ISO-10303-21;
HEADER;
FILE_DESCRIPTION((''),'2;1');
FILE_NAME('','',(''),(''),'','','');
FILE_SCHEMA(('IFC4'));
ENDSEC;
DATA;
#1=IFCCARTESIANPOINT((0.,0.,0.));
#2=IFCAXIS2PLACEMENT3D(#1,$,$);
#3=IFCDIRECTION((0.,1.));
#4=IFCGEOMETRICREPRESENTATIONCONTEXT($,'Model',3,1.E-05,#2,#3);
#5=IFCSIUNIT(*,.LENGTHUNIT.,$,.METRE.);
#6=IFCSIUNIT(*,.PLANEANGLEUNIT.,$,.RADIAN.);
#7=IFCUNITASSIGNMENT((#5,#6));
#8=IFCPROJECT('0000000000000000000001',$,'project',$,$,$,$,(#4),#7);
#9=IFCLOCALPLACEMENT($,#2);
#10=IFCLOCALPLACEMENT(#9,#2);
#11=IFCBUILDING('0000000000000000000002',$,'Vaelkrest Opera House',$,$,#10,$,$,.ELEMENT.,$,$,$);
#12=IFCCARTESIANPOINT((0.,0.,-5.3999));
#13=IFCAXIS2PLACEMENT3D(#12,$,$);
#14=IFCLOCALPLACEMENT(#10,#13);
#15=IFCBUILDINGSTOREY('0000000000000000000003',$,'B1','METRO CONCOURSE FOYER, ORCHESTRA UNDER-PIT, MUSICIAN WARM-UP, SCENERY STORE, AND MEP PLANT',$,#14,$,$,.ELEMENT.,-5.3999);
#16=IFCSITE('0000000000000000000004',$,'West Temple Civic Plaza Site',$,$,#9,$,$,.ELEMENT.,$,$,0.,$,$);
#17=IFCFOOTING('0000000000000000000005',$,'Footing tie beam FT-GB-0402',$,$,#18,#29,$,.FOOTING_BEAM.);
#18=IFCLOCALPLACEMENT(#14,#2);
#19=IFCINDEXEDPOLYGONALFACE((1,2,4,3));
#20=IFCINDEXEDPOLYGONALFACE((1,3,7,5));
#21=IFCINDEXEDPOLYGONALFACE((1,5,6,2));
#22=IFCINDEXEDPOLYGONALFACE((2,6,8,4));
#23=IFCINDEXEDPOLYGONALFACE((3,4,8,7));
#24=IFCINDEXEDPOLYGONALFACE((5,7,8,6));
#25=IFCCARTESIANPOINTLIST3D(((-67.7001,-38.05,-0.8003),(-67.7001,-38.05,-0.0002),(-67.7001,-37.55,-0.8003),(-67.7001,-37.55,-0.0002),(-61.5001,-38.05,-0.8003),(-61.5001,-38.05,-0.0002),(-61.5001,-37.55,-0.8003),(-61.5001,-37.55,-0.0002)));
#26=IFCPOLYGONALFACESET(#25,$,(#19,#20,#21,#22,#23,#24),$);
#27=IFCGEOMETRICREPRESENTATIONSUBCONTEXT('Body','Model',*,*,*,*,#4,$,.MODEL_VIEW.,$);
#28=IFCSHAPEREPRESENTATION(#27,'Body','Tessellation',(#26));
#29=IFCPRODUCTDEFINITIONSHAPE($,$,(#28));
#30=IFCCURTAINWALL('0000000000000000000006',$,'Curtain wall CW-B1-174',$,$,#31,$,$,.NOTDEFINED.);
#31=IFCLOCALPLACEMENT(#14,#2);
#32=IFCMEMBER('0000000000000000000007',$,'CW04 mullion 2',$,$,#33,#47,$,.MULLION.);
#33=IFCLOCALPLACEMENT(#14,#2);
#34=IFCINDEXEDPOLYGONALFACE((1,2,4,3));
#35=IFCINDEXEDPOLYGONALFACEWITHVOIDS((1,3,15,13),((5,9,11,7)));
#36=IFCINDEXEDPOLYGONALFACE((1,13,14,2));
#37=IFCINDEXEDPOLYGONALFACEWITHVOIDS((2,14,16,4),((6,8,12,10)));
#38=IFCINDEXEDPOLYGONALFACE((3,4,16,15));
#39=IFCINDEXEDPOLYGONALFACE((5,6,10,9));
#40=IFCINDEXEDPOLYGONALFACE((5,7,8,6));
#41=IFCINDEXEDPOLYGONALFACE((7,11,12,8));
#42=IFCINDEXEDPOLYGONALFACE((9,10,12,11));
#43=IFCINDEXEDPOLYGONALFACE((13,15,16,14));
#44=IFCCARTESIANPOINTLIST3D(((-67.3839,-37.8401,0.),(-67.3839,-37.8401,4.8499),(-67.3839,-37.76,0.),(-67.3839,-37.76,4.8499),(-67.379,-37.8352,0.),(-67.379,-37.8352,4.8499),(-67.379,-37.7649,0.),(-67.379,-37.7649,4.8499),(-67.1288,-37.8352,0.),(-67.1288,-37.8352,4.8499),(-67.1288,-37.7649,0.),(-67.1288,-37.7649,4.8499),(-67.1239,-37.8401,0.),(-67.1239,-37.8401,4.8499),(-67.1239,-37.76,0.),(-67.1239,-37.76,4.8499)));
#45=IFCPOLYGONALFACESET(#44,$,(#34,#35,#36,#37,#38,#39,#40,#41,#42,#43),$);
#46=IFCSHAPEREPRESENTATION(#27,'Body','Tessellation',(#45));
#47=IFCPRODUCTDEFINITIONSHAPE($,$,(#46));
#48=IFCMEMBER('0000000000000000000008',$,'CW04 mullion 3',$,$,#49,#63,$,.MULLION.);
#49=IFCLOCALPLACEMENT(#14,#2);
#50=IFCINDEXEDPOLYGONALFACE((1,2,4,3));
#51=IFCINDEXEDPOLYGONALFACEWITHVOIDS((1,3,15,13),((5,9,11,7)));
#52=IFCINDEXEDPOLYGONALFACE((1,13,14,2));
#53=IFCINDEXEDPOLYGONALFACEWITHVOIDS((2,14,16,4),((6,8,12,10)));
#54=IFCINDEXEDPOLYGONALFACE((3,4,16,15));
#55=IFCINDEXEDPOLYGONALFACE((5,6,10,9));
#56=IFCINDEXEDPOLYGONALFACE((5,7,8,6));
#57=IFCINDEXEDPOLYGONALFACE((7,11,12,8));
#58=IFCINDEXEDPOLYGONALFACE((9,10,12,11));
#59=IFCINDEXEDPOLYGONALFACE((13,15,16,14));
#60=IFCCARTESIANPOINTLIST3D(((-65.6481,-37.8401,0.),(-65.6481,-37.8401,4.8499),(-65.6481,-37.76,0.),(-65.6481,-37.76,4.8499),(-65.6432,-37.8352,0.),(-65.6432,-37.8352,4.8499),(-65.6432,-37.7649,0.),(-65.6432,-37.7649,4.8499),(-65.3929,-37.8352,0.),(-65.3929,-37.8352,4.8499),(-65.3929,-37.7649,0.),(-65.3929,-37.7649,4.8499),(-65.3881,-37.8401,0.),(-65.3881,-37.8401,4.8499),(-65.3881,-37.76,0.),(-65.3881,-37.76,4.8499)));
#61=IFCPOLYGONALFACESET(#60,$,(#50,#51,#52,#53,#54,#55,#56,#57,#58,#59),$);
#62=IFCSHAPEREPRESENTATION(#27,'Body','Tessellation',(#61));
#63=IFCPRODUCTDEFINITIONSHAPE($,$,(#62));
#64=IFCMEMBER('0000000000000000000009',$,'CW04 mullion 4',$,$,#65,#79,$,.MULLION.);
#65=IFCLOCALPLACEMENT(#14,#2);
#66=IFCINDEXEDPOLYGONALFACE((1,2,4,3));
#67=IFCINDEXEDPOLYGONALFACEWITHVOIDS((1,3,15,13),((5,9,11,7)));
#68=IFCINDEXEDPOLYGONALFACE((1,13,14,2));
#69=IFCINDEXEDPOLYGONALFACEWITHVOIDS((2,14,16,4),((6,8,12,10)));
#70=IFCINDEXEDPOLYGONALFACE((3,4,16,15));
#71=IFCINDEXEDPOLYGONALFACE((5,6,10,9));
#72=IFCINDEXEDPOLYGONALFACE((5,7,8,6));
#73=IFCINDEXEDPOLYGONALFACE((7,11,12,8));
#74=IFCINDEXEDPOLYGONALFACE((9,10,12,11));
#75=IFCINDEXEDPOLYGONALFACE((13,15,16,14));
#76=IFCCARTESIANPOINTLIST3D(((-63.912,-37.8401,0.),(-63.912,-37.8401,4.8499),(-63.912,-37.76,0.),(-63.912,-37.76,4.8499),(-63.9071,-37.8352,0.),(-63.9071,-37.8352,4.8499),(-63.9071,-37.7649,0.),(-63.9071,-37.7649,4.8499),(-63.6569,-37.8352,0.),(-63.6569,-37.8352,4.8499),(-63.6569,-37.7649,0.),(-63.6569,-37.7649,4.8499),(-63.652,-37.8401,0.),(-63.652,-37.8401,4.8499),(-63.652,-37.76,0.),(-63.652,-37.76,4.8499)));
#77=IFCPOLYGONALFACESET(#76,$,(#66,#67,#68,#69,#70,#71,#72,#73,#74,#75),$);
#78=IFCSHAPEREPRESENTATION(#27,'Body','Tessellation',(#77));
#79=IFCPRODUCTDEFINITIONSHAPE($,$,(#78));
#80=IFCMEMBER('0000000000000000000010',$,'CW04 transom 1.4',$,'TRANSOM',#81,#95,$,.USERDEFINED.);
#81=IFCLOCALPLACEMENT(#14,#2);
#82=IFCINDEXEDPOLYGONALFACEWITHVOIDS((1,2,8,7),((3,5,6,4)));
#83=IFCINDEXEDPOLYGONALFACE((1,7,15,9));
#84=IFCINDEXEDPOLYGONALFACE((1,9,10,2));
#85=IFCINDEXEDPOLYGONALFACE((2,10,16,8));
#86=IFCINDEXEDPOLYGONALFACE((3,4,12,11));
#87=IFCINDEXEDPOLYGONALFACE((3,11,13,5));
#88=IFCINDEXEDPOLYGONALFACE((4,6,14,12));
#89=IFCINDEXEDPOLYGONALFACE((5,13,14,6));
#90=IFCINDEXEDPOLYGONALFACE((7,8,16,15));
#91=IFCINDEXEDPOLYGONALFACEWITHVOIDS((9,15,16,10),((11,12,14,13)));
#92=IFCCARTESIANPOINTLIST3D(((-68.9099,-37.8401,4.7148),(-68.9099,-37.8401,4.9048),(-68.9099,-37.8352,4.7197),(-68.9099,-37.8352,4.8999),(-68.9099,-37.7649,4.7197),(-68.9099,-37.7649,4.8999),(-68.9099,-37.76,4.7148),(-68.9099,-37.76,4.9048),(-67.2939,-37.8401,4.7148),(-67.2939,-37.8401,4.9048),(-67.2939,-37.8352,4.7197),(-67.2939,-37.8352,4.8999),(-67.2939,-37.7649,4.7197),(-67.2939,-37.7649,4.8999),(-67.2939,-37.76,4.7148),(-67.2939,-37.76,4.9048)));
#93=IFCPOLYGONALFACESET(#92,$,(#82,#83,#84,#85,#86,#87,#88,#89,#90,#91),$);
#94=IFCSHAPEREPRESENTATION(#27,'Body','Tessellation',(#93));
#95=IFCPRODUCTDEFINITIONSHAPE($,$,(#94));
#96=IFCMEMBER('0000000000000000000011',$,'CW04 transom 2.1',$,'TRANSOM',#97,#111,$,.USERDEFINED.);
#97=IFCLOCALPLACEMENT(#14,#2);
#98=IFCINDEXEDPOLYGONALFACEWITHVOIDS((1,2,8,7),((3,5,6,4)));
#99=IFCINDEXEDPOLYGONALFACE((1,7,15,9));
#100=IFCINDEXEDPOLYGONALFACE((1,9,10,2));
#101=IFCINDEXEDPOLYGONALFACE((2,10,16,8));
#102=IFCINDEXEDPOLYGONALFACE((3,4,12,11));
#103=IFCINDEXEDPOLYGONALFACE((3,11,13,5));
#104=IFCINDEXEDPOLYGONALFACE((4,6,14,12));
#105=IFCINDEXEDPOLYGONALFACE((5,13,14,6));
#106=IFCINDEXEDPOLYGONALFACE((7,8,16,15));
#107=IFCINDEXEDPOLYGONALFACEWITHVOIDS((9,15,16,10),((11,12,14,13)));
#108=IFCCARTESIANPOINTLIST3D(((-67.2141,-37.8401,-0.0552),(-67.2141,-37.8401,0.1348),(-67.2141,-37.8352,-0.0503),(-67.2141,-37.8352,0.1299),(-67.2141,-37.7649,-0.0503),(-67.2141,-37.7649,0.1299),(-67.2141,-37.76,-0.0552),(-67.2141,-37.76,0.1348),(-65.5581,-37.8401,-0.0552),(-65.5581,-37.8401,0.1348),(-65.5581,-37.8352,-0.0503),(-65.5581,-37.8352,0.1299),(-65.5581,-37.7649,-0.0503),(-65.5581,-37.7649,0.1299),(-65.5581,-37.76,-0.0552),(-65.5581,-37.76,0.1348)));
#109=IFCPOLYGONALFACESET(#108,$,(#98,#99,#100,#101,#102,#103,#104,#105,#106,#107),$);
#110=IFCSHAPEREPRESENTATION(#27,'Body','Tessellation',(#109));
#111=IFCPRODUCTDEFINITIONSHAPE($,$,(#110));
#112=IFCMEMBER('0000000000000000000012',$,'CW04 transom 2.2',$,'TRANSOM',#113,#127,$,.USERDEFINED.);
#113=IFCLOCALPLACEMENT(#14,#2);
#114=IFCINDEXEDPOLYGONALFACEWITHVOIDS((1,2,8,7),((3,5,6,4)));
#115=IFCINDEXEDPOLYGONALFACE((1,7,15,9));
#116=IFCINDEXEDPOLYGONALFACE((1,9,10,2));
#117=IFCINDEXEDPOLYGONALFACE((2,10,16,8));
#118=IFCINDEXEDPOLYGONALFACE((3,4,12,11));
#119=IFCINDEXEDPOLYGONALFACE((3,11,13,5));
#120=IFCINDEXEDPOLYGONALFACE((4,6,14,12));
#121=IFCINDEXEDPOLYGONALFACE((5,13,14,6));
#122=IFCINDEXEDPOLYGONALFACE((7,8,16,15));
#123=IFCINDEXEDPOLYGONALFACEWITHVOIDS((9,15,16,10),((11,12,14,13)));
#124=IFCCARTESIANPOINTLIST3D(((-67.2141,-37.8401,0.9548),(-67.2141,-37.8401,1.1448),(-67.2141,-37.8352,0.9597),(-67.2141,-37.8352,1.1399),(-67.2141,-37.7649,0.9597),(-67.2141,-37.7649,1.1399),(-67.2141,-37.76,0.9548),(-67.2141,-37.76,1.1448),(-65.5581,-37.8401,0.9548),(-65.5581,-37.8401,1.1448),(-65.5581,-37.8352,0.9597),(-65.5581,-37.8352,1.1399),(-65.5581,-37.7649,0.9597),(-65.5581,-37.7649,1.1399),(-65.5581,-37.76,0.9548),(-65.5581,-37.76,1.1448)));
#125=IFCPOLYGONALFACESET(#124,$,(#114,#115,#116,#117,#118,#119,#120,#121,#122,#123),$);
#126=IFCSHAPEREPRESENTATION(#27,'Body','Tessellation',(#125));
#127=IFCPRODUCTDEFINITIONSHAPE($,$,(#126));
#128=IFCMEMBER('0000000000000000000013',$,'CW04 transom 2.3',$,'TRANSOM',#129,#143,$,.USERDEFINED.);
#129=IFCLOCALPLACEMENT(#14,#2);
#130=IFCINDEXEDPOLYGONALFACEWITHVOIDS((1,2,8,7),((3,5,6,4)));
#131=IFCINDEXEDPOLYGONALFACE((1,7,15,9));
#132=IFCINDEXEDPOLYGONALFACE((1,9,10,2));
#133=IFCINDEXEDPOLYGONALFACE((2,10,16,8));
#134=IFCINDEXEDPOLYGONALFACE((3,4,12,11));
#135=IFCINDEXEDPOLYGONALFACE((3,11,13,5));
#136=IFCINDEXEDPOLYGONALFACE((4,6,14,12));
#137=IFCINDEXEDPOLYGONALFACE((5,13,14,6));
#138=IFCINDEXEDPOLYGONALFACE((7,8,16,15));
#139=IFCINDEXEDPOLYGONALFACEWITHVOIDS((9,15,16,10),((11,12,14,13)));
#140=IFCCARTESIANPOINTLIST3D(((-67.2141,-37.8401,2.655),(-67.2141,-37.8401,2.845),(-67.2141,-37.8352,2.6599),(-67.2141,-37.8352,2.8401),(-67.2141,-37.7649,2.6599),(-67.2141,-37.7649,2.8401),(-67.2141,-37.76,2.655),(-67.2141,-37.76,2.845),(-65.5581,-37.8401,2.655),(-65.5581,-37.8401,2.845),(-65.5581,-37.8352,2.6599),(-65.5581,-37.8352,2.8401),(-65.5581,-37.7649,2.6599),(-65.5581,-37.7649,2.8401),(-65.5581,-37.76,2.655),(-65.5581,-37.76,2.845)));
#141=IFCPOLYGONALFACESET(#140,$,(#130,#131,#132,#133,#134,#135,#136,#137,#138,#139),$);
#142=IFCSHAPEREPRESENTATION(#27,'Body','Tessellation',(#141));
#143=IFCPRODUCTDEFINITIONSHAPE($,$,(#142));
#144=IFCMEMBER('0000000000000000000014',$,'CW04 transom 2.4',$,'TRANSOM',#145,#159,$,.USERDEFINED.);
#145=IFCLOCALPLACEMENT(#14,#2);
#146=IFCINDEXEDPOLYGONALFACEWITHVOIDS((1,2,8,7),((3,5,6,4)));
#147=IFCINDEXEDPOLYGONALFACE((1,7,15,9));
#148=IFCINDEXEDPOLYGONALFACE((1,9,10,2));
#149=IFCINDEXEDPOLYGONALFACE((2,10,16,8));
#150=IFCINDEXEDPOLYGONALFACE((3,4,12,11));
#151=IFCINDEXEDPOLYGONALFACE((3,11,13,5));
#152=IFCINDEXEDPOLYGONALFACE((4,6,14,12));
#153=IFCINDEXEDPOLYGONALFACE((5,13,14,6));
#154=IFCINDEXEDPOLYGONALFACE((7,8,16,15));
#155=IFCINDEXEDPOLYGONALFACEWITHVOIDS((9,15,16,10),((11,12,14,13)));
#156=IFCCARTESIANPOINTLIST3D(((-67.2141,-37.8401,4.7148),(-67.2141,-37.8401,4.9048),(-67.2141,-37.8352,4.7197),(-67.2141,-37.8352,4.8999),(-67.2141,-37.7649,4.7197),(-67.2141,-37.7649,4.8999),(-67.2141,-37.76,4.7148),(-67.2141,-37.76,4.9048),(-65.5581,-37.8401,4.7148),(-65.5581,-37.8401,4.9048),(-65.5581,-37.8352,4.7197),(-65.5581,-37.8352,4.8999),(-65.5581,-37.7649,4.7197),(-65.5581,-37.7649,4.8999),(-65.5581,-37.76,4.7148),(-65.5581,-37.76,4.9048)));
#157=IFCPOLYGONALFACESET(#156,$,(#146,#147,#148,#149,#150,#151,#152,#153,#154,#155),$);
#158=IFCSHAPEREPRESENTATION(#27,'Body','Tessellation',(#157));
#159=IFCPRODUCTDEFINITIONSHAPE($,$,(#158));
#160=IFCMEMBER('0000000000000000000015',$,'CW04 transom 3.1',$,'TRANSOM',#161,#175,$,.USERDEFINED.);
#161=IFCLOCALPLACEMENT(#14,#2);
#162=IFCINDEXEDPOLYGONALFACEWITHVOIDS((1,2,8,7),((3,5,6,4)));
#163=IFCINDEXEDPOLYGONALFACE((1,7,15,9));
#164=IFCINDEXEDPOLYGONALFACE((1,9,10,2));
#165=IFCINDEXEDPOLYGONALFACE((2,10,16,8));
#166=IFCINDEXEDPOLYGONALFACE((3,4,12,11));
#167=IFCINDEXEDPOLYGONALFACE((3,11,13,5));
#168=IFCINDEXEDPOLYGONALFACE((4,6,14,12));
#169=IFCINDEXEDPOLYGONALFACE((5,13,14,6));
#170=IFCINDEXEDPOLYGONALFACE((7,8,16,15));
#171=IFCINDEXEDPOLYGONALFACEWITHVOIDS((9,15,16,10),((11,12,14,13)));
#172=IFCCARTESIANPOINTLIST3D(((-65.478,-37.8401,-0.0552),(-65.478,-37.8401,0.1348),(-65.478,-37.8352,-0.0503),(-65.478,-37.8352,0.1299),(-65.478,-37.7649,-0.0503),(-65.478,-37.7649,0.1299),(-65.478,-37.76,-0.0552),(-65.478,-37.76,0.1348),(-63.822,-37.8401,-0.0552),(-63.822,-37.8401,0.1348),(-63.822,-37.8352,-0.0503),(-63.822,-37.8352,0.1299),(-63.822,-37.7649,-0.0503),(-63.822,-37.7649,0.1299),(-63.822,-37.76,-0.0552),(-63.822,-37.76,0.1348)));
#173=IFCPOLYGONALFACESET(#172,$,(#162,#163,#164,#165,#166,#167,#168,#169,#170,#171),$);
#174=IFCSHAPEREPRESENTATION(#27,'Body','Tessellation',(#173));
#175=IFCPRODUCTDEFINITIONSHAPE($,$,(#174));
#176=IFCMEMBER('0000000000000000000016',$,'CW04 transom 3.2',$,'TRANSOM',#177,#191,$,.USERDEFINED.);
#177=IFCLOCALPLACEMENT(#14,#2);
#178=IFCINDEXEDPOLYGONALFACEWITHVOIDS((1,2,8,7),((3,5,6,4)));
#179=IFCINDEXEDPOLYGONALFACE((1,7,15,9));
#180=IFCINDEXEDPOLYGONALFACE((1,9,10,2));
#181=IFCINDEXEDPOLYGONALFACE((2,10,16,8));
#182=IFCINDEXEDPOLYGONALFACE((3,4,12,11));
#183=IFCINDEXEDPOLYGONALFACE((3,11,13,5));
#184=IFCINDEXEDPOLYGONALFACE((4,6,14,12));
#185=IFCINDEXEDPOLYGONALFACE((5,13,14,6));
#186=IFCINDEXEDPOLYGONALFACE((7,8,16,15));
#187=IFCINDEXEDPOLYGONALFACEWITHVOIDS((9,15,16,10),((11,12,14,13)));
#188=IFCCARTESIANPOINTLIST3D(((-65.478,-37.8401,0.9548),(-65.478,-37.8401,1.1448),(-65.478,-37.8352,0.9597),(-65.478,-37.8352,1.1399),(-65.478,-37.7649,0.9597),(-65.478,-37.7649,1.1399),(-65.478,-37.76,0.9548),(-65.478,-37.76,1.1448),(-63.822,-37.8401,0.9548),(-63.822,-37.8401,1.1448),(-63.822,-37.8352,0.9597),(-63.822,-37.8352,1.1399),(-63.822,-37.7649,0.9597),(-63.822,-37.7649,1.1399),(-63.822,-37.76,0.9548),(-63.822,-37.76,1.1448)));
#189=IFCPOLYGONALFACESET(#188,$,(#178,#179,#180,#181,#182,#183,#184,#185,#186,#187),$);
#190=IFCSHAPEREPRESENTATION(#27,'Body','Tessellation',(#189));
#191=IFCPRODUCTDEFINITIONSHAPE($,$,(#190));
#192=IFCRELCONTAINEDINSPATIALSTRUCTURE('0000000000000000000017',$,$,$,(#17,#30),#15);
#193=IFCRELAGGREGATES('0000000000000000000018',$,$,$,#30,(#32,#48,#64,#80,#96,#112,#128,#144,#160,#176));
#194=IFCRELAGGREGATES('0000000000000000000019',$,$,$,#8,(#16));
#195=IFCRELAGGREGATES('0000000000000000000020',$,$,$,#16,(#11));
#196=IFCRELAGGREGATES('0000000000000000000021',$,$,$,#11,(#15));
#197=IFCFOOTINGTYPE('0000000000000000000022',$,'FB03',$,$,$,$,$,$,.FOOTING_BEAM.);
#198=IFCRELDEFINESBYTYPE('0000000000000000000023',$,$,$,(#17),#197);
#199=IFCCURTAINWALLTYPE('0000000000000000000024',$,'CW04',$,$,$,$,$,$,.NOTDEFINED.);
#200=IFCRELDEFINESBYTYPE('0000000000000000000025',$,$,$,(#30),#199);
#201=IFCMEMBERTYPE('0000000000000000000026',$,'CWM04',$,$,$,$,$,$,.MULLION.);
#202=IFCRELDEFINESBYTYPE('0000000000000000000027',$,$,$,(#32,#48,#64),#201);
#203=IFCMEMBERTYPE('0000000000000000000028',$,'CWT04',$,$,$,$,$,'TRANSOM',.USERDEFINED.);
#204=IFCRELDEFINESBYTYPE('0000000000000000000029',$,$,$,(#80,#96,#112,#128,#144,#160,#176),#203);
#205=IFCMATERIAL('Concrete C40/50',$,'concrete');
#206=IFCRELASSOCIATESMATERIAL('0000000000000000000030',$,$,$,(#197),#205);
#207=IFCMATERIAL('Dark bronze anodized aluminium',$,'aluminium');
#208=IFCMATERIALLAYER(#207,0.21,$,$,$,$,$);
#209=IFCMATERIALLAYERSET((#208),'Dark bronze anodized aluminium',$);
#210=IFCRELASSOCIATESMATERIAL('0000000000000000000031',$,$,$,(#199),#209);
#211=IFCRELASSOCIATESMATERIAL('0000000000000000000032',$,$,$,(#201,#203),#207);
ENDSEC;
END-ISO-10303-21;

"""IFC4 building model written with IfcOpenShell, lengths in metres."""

from ifc_helpers import new_model, si_unit, direction, frame, origin, origin_2d, place, context, subcontext, project, spatial, rectangle, hollow_rectangle, extrude, material, layer, layer_set, material_profile, profile_set, type_object, element, aggregate, save


model = new_model("IFC4")

# Units and contexts
model_context = context("Model", 3, precision=1e-05, world=origin(), true_north=direction((0.0, 1.0)))
body_context = subcontext(model_context, "Body", "Model", "MODEL_VIEW")
ifc_project = project(units=[si_unit("LENGTHUNIT", "METRE"), si_unit("PLANEANGLEUNIT", "RADIAN")], contexts=[model_context])

# Site, building, storey
site_placement = place(None, origin())
site = spatial("IfcSite", under=ifc_project, at=site_placement, Name="West Temple Civic Plaza Site", CompositionType="ELEMENT", RefElevation=0.0)
building_placement = place(site_placement, origin())
building = spatial("IfcBuilding", under=site, at=building_placement, Name="Vaelkrest Opera House", CompositionType="ELEMENT")
storey_placement = place(building_placement, frame((0.0, 0.0, -5.3999)))
storey = spatial("IfcBuildingStorey", under=building, at=storey_placement, Name="B1", Description="METRO CONCOURSE FOYER, ORCHESTRA UNDER-PIT, MUSICIAN WARM-UP, SCENERY STORE, AND MEP PLANT", CompositionType="ELEMENT", Elevation=-5.3999)

# Footing
ifc_material_1 = material(Name="Concrete C40/50", Category="concrete")
footing_type = type_object("IfcFootingType", Name="FB03", PredefinedType="FOOTING_BEAM", material=ifc_material_1)
footing_placement = place(storey_placement, frame((-64.6001, -37.8, -0.8003), z_axis=(0.0, 0.0, 1.0), x_axis=(1.0, 0.0, 0.0)))
element("IfcFooting", 1, at=footing_placement, inside=storey, type_object=footing_type, Name="Footing tie beam FT-GB-0402", PredefinedType="FOOTING_BEAM", context=body_context, shape_type="SweptSolid", body=[
    extrude(rectangle(XDim=6.2, YDim=0.5, at=origin_2d()), origin(), (0.0, 0.0, 1.0), 0.8),
])

# Curtain wall, members
ifc_material_2 = material(Name="Dark bronze anodized aluminium", Category="aluminium")
ifc_layer_1 = layer(ifc_material_2, 0.21)
ifc_layer_set_1 = layer_set([ifc_layer_1], Name="Dark bronze anodized aluminium")
curtain_wall_type = type_object("IfcCurtainWallType", Name="CW04", PredefinedType="NOTDEFINED", material=ifc_layer_set_1)
curtain_wall_placement = place(storey_placement, origin())
curtain_wall = element("IfcCurtainWall", 2, at=curtain_wall_placement, inside=storey, type_object=curtain_wall_type, Name="Curtain wall CW-B1-174", PredefinedType="NOTDEFINED")
ifc_material_profile_1 = material_profile(ifc_material_2, hollow_rectangle(XDim=0.0801, YDim=0.26, WallThickness=0.0049, at=origin_2d()), Name="CWM80X260")
ifc_profile_set_1 = profile_set([ifc_material_profile_1], Name="Dark bronze anodized aluminium")
member_type_1 = type_object("IfcMemberType", Name="CWM04", PredefinedType="MULLION", material=ifc_profile_set_1)
member_1_placement = place(storey_placement, frame((-67.2539, -37.8, 0.0), z_axis=(0.0, 0.0, 1.0), x_axis=(0.0, 1.0, 0.0)))
member_1 = element("IfcMember", 3, at=member_1_placement, type_object=member_type_1, Name="CW04 mullion 2", PredefinedType="MULLION", context=body_context, shape_type="SweptSolid", body=[
    extrude(hollow_rectangle(XDim=0.0801, YDim=0.26, WallThickness=0.0049, at=origin_2d()), origin(), (0.0, 0.0, 1.0), 4.8499),
])
member_2_placement = place(storey_placement, frame((-65.5181, -37.8, 0.0), z_axis=(0.0, 0.0, 1.0), x_axis=(0.0, 1.0, 0.0)))
member_2 = element("IfcMember", 4, at=member_2_placement, type_object=member_type_1, Name="CW04 mullion 3", PredefinedType="MULLION", context=body_context, shape_type="SweptSolid", body=[
    extrude(hollow_rectangle(XDim=0.0801, YDim=0.26, WallThickness=0.0049, at=origin_2d()), origin(), (0.0, 0.0, 1.0), 4.8499),
])
member_3_placement = place(storey_placement, frame((-63.782, -37.8, 0.0), z_axis=(0.0, 0.0, 1.0), x_axis=(0.0, 1.0, 0.0)))
member_3 = element("IfcMember", 5, at=member_3_placement, type_object=member_type_1, Name="CW04 mullion 4", PredefinedType="MULLION", context=body_context, shape_type="SweptSolid", body=[
    extrude(hollow_rectangle(XDim=0.0801, YDim=0.26, WallThickness=0.0049, at=origin_2d()), origin(), (0.0, 0.0, 1.0), 4.8499),
])
ifc_material_profile_2 = material_profile(ifc_material_2, hollow_rectangle(XDim=0.0801, YDim=0.1899, WallThickness=0.0049, at=origin_2d()), Name="CWT80X190")
ifc_profile_set_2 = profile_set([ifc_material_profile_2], Name="Dark bronze anodized aluminium")
member_type_2 = type_object("IfcMemberType", Name="CWT04", ElementType="TRANSOM", PredefinedType="USERDEFINED", material=ifc_profile_set_2)
member_4_placement = place(storey_placement, frame((-68.9099, -37.8, 4.8098), z_axis=(1.0, 0.0, 0.0), x_axis=(0.0, 1.0, 0.0)))
member_4 = element("IfcMember", 6, at=member_4_placement, type_object=member_type_2, Name="CW04 transom 1.4", ObjectType="TRANSOM", PredefinedType="USERDEFINED", context=body_context, shape_type="SweptSolid", body=[
    extrude(hollow_rectangle(XDim=0.0801, YDim=0.1899, WallThickness=0.0049, at=origin_2d()), origin(), (0.0, 0.0, 1.0), 1.616),
])
member_5_placement = place(storey_placement, frame((-67.2141, -37.8, 0.0398), z_axis=(1.0, 0.0, 0.0), x_axis=(0.0, 1.0, 0.0)))
member_5 = element("IfcMember", 7, at=member_5_placement, type_object=member_type_2, Name="CW04 transom 2.1", ObjectType="TRANSOM", PredefinedType="USERDEFINED", context=body_context, shape_type="SweptSolid", body=[
    extrude(hollow_rectangle(XDim=0.0801, YDim=0.1899, WallThickness=0.0049, at=origin_2d()), origin(), (0.0, 0.0, 1.0), 1.656),
])
member_6_placement = place(storey_placement, frame((-67.2141, -37.8, 1.0498), z_axis=(1.0, 0.0, 0.0), x_axis=(0.0, 1.0, 0.0)))
member_6 = element("IfcMember", 8, at=member_6_placement, type_object=member_type_2, Name="CW04 transom 2.2", ObjectType="TRANSOM", PredefinedType="USERDEFINED", context=body_context, shape_type="SweptSolid", body=[
    extrude(hollow_rectangle(XDim=0.0801, YDim=0.1899, WallThickness=0.0049, at=origin_2d()), origin(), (0.0, 0.0, 1.0), 1.656),
])
member_7_placement = place(storey_placement, frame((-67.2141, -37.8, 2.75), z_axis=(1.0, 0.0, 0.0), x_axis=(0.0, 1.0, 0.0)))
member_7 = element("IfcMember", 9, at=member_7_placement, type_object=member_type_2, Name="CW04 transom 2.3", ObjectType="TRANSOM", PredefinedType="USERDEFINED", context=body_context, shape_type="SweptSolid", body=[
    extrude(hollow_rectangle(XDim=0.0801, YDim=0.1899, WallThickness=0.0049, at=origin_2d()), origin(), (0.0, 0.0, 1.0), 1.656),
])
member_8_placement = place(storey_placement, frame((-67.2141, -37.8, 4.8098), z_axis=(1.0, 0.0, 0.0), x_axis=(0.0, 1.0, 0.0)))
member_8 = element("IfcMember", 10, at=member_8_placement, type_object=member_type_2, Name="CW04 transom 2.4", ObjectType="TRANSOM", PredefinedType="USERDEFINED", context=body_context, shape_type="SweptSolid", body=[
    extrude(hollow_rectangle(XDim=0.0801, YDim=0.1899, WallThickness=0.0049, at=origin_2d()), origin(), (0.0, 0.0, 1.0), 1.656),
])
member_9_placement = place(storey_placement, frame((-65.478, -37.8, 0.0398), z_axis=(1.0, 0.0, 0.0), x_axis=(0.0, 1.0, 0.0)))
member_9 = element("IfcMember", 11, at=member_9_placement, type_object=member_type_2, Name="CW04 transom 3.1", ObjectType="TRANSOM", PredefinedType="USERDEFINED", context=body_context, shape_type="SweptSolid", body=[
    extrude(hollow_rectangle(XDim=0.0801, YDim=0.1899, WallThickness=0.0049, at=origin_2d()), origin(), (0.0, 0.0, 1.0), 1.656),
])
member_10_placement = place(storey_placement, frame((-65.478, -37.8, 1.0498), z_axis=(1.0, 0.0, 0.0), x_axis=(0.0, 1.0, 0.0)))
member_10 = element("IfcMember", 12, at=member_10_placement, type_object=member_type_2, Name="CW04 transom 3.2", ObjectType="TRANSOM", PredefinedType="USERDEFINED", context=body_context, shape_type="SweptSolid", body=[
    extrude(hollow_rectangle(XDim=0.0801, YDim=0.1899, WallThickness=0.0049, at=origin_2d()), origin(), (0.0, 0.0, 1.0), 1.656),
])
aggregate(curtain_wall, [member_1, member_2, member_3, member_4, member_5, member_6, member_7, member_8, member_9, member_10])

save(model, "model.ifc")
